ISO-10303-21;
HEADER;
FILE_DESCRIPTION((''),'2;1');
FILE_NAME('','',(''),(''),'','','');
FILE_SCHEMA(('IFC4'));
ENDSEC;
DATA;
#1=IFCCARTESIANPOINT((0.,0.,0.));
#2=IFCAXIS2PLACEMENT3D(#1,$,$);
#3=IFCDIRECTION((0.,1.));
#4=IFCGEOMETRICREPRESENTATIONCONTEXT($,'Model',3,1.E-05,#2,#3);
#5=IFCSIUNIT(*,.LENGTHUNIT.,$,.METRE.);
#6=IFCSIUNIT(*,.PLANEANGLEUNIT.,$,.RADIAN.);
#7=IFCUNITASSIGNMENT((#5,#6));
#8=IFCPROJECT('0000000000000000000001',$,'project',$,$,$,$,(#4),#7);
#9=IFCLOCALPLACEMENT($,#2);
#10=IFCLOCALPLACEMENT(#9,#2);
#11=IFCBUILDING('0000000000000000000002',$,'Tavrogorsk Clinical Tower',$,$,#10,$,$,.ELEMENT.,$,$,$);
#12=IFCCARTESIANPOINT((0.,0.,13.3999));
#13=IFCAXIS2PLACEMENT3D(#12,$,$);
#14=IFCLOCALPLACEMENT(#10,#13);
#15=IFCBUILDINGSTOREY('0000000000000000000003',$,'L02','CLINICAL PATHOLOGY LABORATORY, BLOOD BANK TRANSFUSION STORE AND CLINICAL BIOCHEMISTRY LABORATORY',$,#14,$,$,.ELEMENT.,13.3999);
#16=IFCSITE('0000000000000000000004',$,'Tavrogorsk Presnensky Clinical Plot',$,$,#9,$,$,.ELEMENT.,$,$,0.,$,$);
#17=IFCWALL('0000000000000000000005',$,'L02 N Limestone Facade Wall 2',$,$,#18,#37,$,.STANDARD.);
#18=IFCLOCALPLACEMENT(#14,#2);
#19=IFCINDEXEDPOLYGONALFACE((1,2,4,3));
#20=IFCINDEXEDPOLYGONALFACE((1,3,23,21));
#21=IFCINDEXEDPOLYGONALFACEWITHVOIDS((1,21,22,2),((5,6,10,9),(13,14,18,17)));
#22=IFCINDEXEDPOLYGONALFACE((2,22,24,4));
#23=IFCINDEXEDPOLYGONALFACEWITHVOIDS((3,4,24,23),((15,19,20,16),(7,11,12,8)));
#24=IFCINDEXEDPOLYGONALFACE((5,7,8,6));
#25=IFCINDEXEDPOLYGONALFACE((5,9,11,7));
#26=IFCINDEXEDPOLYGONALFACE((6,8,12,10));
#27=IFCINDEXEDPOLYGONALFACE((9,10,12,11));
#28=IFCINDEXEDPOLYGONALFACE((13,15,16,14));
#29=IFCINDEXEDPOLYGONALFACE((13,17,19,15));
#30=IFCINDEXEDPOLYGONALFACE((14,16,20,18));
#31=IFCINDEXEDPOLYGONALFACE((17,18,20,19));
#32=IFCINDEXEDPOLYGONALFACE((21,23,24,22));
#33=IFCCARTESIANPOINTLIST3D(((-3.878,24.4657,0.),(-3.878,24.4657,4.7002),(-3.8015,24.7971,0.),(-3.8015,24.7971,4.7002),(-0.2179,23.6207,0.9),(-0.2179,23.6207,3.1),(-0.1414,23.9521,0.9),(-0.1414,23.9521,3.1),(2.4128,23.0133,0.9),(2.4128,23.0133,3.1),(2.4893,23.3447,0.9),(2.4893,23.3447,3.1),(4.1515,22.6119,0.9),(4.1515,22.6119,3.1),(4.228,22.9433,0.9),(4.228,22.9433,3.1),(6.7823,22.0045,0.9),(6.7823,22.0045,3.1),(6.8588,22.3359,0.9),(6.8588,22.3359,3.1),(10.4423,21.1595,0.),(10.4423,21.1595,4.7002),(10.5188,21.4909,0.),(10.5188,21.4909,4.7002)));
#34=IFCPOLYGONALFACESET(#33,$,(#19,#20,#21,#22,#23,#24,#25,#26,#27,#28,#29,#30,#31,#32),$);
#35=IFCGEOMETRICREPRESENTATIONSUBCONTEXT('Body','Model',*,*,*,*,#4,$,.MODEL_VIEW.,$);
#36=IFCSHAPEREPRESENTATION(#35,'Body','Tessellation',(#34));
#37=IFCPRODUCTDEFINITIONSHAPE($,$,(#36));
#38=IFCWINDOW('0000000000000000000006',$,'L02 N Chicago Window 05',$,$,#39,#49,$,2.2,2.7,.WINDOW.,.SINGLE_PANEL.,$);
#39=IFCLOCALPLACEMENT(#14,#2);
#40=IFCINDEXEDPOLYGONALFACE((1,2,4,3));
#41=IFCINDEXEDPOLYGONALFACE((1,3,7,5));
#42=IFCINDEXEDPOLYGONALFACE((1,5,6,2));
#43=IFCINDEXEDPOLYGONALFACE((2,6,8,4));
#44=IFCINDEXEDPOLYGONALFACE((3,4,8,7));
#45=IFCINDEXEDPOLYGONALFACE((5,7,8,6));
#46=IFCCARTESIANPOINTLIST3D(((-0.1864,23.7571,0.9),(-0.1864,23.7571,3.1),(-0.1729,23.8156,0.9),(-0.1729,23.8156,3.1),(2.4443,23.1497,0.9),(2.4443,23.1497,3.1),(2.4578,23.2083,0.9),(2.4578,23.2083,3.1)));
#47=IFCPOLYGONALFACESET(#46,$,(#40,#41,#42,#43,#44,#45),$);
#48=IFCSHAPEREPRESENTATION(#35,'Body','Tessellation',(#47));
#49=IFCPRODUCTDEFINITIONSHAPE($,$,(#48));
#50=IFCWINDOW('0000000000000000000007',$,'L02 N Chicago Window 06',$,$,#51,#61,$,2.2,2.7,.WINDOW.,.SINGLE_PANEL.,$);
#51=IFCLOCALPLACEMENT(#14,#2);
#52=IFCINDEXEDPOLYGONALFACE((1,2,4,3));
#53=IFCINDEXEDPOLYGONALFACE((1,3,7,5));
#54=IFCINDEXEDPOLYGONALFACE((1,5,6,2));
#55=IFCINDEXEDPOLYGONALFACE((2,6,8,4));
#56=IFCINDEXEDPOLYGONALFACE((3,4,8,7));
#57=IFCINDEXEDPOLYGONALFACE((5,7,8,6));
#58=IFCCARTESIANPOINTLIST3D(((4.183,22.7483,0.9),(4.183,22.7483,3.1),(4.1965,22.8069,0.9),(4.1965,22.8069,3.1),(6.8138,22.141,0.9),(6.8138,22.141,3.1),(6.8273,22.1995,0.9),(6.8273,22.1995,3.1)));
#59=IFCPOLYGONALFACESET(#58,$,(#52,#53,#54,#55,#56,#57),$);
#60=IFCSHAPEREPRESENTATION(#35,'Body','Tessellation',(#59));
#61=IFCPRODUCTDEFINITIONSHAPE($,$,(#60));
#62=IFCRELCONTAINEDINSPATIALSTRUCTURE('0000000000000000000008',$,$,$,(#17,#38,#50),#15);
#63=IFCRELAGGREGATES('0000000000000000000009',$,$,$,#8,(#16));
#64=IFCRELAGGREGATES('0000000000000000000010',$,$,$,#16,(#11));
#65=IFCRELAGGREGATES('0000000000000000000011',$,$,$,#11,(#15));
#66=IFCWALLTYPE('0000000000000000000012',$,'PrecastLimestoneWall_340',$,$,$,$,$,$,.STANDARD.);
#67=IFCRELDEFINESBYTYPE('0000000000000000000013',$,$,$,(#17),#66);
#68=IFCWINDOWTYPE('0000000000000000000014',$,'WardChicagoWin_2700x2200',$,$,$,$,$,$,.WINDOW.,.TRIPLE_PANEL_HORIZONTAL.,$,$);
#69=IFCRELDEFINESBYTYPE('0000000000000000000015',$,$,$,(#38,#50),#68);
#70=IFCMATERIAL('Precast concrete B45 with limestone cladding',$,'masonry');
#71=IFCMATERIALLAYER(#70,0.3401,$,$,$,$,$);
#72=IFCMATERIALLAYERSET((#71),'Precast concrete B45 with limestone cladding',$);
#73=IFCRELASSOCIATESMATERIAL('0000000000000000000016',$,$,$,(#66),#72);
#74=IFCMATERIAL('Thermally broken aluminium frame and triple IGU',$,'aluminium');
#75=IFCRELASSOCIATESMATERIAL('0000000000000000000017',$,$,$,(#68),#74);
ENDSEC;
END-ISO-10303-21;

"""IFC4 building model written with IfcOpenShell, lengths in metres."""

from ifc_helpers import new_model, si_unit, direction, frame, frame_2d, origin, place, context, subcontext, project, spatial, rectangle, extrude, material, layer, layer_set, type_object, element, fill, save


model = new_model("IFC4")

# Units and contexts
model_context = context("Model", 3, precision=1e-05, world=origin(), true_north=direction((0.0, 1.0)))
body_context = subcontext(model_context, "Body", "Model", "MODEL_VIEW")
ifc_project = project(units=[si_unit("LENGTHUNIT", "METRE"), si_unit("PLANEANGLEUNIT", "RADIAN")], contexts=[model_context])

# Site, building, storey
site_placement = place(None, origin())
site = spatial("IfcSite", under=ifc_project, at=site_placement, Name="Tavrogorsk Presnensky Clinical Plot", CompositionType="ELEMENT", RefElevation=0.0)
building_placement = place(site_placement, origin())
building = spatial("IfcBuilding", under=site, at=building_placement, Name="Tavrogorsk Clinical Tower", CompositionType="ELEMENT")
storey_placement = place(building_placement, frame((0.0, 0.0, 13.3999)))
storey = spatial("IfcBuildingStorey", under=building, at=storey_placement, Name="L02", Description="CLINICAL PATHOLOGY LABORATORY, BLOOD BANK TRANSFUSION STORE AND CLINICAL BIOCHEMISTRY LABORATORY", CompositionType="ELEMENT", Elevation=13.3999)

# Wall, openings, windows
ifc_material_1 = material(Name="Precast concrete B45 with limestone cladding", Category="masonry")
ifc_layer_1 = layer(ifc_material_1, 0.3401)
ifc_layer_set_1 = layer_set([ifc_layer_1], Name="Precast concrete B45 with limestone cladding")
wall_type_1 = type_object("IfcWallType", Name="PrecastLimestoneWall_340", PredefinedType="STANDARD", material=ifc_layer_set_1)
wall_1_placement = place(storey_placement, frame((10.4807, 21.3252, 0.0), z_axis=(0.0, 0.0, 1.0), x_axis=(-0.974369, 0.224954, 0.0)))
wall_1 = element("IfcWall", 1, at=wall_1_placement, inside=storey, type_object=wall_type_1, Name="L02 N Limestone Facade Wall 2", PredefinedType="STANDARD", context=body_context, shape_type="SweptSolid", body=[
    extrude(rectangle(XDim=14.697, YDim=0.3401, at=frame_2d((7.3486, 0.0))), origin(), (0.0, 0.0, 1.0), 4.7002),
])
opening_1_placement = place(wall_1_placement, frame((8.2407, 0.0, 0.8999)))
opening_1 = element("IfcOpeningElement", 2, at=opening_1_placement, cuts=wall_1, PredefinedType="OPENING", context=body_context, shape_type="SweptSolid", body=[
    extrude(rectangle(XDim=2.7, YDim=2.2, at=frame_2d((1.3501, 1.1001))), frame((0.0, 0.1799, 0.0), z_axis=(0.0, -1.0, 0.0), x_axis=(1.0, 0.0, 0.0)), (0.0, 0.0, 1.0), 0.3601),
])
opening_2_placement = place(wall_1_placement, frame((3.7563, 0.0, 0.8999)))
opening_2 = element("IfcOpeningElement", 3, at=opening_2_placement, cuts=wall_1, PredefinedType="OPENING", context=body_context, shape_type="SweptSolid", body=[
    extrude(rectangle(XDim=2.7, YDim=2.2, at=frame_2d((1.3501, 1.1001))), frame((0.0, 0.1799, 0.0), z_axis=(0.0, -1.0, 0.0), x_axis=(1.0, 0.0, 0.0)), (0.0, 0.0, 1.0), 0.3601),
])
ifc_material_2 = material(Name="Thermally broken aluminium frame and triple IGU", Category="aluminium")
window_type = type_object("IfcWindowType", Name="WardChicagoWin_2700x2200", PartitioningType="TRIPLE_PANEL_HORIZONTAL", PredefinedType="WINDOW", material=ifc_material_2)
window_1_placement = place(opening_1_placement, origin())
window_1 = element("IfcWindow", 4, at=window_1_placement, inside=storey, type_object=window_type, Name="L02 N Chicago Window 05", OverallHeight=2.2, OverallWidth=2.7, PartitioningType="SINGLE_PANEL", PredefinedType="WINDOW", context=body_context, shape_type="SweptSolid", body=[
    extrude(rectangle(XDim=2.7, YDim=2.2, at=frame_2d((1.3501, 1.1001))), frame((0.0, 0.03, 0.0), z_axis=(0.0, -1.0, 0.0), x_axis=(1.0, 0.0, 0.0)), (0.0, 0.0, 1.0), 0.0601),
])
fill(opening_1, window_1)
window_2_placement = place(opening_2_placement, origin())
window_2 = element("IfcWindow", 5, at=window_2_placement, inside=storey, type_object=window_type, Name="L02 N Chicago Window 06", OverallHeight=2.2, OverallWidth=2.7, PartitioningType="SINGLE_PANEL", PredefinedType="WINDOW", context=body_context, shape_type="SweptSolid", body=[
    extrude(rectangle(XDim=2.7, YDim=2.2, at=frame_2d((1.3501, 1.1001))), frame((0.0, 0.03, 0.0), z_axis=(0.0, -1.0, 0.0), x_axis=(1.0, 0.0, 0.0)), (0.0, 0.0, 1.0), 0.0601),
])
fill(opening_2, window_2)

save(model, "model.ifc")
